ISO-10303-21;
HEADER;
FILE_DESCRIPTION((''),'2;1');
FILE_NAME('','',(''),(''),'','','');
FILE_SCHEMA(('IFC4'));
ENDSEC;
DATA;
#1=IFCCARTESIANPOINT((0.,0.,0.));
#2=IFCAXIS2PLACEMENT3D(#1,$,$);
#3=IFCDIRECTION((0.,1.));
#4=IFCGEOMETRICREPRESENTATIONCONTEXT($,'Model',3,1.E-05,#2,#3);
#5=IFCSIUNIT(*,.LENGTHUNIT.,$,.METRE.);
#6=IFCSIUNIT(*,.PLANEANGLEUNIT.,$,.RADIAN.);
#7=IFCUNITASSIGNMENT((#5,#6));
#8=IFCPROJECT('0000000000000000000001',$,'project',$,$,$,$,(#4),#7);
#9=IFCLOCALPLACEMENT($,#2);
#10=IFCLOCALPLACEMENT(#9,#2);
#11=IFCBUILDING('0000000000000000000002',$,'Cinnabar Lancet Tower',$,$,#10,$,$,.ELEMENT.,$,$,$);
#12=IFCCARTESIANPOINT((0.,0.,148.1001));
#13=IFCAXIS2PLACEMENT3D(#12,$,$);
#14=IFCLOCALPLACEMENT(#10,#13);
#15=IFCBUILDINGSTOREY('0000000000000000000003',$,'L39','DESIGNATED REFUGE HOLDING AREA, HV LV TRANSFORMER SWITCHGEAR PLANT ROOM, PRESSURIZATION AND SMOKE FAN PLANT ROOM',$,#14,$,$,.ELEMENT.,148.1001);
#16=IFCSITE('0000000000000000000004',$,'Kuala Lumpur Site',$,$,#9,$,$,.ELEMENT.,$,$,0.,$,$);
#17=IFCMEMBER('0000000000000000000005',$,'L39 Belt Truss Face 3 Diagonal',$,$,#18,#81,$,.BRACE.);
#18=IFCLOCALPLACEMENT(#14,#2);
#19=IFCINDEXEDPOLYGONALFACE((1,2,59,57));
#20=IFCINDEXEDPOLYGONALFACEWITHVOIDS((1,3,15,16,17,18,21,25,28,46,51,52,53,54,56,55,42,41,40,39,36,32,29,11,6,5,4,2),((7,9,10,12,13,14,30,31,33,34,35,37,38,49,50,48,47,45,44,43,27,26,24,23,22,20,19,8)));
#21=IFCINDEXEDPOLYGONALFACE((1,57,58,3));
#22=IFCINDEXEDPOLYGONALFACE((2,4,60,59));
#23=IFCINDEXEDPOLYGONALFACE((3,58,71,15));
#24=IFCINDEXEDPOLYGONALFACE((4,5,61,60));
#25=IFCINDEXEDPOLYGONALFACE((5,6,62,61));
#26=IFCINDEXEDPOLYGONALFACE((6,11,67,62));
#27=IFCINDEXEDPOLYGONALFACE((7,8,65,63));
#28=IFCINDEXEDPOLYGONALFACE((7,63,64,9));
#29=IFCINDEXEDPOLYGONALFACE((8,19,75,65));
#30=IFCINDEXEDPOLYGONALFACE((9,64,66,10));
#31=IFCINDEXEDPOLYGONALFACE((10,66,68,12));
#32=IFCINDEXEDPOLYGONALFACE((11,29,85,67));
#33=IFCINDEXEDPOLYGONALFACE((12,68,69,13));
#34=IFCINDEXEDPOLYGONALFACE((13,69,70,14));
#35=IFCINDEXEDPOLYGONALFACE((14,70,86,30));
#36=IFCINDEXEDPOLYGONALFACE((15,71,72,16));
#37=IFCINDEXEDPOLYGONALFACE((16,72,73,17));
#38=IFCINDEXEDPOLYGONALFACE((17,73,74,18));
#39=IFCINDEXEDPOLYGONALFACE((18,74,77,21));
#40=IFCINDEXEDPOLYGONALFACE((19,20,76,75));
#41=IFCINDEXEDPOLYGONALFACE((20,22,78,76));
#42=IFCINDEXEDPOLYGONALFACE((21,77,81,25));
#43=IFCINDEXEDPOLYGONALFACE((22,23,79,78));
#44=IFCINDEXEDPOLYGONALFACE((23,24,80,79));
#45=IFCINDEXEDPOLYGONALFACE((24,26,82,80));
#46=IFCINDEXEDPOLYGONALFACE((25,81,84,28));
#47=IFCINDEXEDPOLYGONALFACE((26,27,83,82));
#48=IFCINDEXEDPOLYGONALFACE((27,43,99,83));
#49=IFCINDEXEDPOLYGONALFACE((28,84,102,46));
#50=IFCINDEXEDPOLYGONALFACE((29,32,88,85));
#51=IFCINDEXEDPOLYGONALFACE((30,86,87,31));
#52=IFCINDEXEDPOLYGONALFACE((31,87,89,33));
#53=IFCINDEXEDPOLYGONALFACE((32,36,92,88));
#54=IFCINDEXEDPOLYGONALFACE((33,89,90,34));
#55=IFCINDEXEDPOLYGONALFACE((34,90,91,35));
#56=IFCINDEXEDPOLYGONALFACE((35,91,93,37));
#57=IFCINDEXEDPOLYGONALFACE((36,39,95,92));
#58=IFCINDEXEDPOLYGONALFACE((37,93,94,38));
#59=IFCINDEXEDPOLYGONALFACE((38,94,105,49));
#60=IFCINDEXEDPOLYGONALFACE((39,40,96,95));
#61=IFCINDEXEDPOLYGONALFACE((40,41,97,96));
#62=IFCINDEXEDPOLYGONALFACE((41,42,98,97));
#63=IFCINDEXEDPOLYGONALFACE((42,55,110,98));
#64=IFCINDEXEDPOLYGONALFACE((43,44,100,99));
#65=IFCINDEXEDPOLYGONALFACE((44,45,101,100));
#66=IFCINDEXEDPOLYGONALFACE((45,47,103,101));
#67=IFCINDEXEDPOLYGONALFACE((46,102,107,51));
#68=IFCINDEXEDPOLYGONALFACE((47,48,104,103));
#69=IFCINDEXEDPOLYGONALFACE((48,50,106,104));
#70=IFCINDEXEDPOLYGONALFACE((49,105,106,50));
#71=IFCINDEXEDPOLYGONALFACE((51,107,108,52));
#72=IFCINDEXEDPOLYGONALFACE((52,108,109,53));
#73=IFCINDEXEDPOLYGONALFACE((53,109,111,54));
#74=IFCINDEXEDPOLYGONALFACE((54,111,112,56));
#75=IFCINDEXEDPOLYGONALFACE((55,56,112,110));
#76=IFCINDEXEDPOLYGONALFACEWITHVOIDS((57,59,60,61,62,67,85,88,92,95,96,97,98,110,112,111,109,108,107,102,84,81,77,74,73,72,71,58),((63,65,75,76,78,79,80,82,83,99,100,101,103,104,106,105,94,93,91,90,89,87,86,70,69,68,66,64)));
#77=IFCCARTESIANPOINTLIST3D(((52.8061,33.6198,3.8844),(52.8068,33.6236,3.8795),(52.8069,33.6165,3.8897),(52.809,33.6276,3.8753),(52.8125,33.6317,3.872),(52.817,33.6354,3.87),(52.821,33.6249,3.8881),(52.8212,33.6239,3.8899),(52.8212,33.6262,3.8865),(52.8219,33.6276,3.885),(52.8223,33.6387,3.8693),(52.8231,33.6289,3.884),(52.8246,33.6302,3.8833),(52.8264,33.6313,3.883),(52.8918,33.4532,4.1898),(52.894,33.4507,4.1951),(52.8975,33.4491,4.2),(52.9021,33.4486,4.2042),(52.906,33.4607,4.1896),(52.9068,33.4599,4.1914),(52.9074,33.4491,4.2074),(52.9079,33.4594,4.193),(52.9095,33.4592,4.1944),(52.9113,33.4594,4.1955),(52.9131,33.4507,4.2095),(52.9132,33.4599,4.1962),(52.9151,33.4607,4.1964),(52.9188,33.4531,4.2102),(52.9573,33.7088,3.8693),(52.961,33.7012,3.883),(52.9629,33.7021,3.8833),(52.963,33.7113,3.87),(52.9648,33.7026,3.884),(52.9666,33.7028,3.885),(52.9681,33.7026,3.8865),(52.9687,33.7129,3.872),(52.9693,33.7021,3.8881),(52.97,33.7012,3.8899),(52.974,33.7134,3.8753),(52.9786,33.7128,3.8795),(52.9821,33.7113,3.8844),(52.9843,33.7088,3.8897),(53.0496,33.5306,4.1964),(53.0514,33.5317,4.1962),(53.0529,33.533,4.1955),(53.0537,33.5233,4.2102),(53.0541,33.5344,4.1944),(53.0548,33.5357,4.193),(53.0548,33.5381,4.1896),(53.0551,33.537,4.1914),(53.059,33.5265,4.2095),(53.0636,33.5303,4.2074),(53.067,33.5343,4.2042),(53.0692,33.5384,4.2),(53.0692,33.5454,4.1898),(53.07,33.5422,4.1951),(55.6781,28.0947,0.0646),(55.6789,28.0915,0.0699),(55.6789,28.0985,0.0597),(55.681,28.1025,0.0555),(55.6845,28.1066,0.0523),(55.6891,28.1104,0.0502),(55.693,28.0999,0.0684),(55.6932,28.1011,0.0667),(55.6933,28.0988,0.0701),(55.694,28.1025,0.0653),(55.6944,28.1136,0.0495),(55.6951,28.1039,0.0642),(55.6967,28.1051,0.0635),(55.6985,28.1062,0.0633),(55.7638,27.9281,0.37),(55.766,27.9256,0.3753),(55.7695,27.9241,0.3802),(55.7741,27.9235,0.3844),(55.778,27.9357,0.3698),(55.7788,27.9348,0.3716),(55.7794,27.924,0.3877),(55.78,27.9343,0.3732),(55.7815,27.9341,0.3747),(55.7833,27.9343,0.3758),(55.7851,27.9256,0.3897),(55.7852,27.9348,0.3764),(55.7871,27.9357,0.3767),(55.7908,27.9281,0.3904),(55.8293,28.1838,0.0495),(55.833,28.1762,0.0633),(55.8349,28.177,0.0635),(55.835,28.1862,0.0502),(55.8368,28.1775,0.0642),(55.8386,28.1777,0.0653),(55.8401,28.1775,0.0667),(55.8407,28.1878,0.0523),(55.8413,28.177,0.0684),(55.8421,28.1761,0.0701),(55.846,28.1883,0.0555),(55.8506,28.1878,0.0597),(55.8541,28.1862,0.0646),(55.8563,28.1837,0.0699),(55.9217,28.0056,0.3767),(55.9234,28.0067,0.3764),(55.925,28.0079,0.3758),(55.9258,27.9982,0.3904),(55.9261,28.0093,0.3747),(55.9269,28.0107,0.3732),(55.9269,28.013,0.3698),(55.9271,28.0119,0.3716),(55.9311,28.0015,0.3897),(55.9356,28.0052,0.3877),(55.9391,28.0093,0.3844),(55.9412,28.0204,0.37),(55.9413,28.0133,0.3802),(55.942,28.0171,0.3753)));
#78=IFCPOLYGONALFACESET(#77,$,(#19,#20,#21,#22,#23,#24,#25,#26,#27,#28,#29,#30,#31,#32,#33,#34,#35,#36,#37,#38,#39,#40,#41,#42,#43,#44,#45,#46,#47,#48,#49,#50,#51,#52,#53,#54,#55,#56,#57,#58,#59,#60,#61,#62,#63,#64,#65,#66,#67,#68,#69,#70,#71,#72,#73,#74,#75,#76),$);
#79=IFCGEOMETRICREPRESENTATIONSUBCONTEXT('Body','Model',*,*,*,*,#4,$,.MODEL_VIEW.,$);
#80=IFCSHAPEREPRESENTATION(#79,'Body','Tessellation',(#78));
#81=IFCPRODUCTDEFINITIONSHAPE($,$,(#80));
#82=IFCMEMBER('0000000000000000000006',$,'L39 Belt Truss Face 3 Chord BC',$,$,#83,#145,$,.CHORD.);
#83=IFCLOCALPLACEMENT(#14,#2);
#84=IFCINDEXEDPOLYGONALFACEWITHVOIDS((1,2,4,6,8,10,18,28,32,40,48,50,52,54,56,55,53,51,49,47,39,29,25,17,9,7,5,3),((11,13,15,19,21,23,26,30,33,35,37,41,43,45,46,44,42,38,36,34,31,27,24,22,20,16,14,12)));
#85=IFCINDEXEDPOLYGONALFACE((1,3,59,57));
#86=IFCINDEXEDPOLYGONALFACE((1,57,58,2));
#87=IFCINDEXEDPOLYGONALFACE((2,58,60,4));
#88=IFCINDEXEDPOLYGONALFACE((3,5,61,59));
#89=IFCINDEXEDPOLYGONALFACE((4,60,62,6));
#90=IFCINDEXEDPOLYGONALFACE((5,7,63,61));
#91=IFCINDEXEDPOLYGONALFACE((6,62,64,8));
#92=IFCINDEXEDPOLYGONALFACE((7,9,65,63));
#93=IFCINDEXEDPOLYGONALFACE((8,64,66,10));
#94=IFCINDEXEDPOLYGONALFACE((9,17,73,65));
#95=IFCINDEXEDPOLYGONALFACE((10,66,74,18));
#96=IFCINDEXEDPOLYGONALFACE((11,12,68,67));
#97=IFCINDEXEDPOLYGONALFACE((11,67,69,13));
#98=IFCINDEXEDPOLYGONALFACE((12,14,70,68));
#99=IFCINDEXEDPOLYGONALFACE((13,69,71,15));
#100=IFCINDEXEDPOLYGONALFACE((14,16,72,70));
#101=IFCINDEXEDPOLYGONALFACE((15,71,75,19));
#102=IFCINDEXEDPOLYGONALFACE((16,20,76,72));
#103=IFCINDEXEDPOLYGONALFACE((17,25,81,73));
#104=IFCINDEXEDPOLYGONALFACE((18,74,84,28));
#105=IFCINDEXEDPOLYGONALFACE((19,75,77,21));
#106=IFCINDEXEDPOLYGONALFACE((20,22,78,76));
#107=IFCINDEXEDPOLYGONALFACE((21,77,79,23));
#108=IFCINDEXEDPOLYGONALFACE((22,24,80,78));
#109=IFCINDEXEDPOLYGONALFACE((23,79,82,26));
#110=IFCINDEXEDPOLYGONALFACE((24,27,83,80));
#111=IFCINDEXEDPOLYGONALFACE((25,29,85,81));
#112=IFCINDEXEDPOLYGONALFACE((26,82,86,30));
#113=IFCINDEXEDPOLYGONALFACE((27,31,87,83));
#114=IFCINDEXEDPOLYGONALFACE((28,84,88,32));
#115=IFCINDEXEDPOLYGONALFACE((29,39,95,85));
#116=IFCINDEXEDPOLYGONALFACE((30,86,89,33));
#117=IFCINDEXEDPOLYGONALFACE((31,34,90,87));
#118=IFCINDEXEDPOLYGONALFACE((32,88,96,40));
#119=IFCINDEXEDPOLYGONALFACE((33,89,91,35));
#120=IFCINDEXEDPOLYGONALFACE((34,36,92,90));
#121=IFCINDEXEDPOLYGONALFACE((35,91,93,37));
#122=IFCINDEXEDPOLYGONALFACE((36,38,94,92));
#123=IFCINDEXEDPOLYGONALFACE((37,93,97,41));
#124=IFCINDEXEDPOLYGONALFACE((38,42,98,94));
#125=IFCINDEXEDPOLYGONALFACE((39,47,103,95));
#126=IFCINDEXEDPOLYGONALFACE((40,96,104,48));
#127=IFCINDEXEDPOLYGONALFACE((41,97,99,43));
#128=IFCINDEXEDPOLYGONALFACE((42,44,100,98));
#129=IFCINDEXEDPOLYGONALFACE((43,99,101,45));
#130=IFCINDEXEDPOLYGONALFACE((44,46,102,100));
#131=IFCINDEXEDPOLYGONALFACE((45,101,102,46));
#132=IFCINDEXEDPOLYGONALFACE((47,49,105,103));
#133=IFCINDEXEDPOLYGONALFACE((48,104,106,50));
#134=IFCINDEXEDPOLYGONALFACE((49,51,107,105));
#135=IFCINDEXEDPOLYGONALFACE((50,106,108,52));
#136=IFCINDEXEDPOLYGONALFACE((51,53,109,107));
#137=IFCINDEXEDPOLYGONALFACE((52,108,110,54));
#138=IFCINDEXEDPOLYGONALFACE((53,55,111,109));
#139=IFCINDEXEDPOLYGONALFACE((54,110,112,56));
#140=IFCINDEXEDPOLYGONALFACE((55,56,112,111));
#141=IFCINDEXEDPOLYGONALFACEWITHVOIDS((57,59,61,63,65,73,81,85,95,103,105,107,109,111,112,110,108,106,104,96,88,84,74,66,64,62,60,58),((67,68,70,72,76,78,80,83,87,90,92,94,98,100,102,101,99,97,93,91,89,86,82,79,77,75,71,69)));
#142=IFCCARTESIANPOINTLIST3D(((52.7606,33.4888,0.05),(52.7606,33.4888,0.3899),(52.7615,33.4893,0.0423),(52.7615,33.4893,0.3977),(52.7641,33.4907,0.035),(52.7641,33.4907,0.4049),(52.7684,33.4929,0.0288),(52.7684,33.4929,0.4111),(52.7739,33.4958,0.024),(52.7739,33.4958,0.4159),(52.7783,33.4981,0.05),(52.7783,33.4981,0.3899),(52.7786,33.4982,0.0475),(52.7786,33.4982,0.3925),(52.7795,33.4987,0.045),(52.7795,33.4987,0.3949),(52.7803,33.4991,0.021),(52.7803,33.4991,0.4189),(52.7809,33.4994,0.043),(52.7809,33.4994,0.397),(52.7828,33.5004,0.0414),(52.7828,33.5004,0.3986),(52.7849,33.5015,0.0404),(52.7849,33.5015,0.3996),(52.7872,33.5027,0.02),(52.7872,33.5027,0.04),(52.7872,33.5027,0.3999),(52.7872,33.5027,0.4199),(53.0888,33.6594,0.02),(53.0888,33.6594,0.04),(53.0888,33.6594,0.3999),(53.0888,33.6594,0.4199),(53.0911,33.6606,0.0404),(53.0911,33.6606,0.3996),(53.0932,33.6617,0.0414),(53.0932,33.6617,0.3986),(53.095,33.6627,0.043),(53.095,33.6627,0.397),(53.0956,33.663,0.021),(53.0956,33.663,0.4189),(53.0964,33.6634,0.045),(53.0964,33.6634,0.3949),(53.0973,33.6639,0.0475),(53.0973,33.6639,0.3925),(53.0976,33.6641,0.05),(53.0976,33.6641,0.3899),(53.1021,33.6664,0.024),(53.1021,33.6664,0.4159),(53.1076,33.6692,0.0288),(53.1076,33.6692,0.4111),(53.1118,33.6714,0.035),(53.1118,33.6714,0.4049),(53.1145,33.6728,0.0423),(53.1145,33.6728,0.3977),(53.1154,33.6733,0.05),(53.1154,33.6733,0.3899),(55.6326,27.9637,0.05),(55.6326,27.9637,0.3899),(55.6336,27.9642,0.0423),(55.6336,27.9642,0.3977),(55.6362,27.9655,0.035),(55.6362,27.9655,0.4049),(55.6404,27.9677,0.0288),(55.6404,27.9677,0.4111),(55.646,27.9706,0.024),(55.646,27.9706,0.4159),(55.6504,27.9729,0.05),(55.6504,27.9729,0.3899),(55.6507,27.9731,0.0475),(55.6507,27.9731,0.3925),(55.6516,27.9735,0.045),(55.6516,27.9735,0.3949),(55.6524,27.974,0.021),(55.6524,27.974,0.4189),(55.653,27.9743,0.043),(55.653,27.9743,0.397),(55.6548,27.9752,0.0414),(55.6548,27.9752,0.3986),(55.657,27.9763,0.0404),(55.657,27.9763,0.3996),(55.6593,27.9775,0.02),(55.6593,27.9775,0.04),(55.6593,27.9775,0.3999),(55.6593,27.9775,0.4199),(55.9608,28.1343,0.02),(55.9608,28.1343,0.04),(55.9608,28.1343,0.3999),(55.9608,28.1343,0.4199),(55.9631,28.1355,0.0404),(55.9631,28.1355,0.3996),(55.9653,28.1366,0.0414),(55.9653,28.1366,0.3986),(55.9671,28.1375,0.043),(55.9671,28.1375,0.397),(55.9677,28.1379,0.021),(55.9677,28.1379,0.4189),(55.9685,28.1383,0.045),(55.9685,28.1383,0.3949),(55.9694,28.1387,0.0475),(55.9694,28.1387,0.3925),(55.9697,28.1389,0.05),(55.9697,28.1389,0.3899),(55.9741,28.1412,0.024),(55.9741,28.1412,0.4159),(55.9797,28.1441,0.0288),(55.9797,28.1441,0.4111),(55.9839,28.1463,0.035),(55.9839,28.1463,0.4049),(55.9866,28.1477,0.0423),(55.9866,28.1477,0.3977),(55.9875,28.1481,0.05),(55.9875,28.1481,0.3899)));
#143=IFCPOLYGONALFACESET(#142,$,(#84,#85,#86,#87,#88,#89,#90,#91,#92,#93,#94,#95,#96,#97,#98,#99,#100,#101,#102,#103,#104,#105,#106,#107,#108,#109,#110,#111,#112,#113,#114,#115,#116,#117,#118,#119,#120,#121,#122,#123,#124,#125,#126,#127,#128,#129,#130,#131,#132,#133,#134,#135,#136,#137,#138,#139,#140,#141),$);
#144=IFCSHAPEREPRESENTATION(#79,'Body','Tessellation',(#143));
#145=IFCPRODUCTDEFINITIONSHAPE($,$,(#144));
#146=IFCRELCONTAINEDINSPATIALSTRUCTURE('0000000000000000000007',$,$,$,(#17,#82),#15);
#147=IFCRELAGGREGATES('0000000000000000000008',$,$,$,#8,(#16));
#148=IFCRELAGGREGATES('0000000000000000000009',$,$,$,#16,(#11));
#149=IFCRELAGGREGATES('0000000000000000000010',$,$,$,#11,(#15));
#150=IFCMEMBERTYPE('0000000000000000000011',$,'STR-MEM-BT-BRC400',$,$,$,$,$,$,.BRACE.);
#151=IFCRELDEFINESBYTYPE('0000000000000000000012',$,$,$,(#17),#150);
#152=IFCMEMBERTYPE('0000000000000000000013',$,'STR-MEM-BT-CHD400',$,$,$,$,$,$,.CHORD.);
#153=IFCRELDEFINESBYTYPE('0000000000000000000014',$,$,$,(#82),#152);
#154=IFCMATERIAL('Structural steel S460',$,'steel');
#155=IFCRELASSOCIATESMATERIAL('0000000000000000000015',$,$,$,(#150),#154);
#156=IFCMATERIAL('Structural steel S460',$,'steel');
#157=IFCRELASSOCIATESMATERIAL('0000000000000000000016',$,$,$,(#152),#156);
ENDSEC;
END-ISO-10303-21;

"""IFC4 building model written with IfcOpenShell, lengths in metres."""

from ifc_helpers import new_model, si_unit, direction, frame, origin, origin_2d, place, context, subcontext, project, spatial, hollow_rectangle, extrude, material, material_profile, profile_set, type_object, element, save


model = new_model("IFC4")

# Units and contexts
model_context = context("Model", 3, precision=1e-05, world=origin(), true_north=direction((0.0, 1.0)))
body_context = subcontext(model_context, "Body", "Model", "MODEL_VIEW")
ifc_project = project(units=[si_unit("LENGTHUNIT", "METRE"), si_unit("PLANEANGLEUNIT", "RADIAN")], contexts=[model_context])

# Site, building, storey
site_placement = place(None, origin())
site = spatial("IfcSite", under=ifc_project, at=site_placement, Name="Kuala Lumpur Site", CompositionType="ELEMENT", RefElevation=0.0)
building_placement = place(site_placement, origin())
building = spatial("IfcBuilding", under=site, at=building_placement, Name="Cinnabar Lancet Tower", CompositionType="ELEMENT")
storey_placement = place(building_placement, frame((0.0, 0.0, 148.1001)))
storey = spatial("IfcBuildingStorey", under=building, at=storey_placement, Name="L39", Description="DESIGNATED REFUGE HOLDING AREA, HV LV TRANSFORMER SWITCHGEAR PLANT ROOM, PRESSURIZATION AND SMOKE FAN PLANT ROOM", CompositionType="ELEMENT", Elevation=148.1001)

# Members
ifc_material_1 = material(Name="Structural steel S460", Category="steel")
ifc_material_profile_1 = material_profile(ifc_material_1, hollow_rectangle(XDim=0.2, YDim=0.3999, WallThickness=0.0161, InnerFilletRadius=0.0081, OuterFilletRadius=0.0239, at=origin_2d()), Name="RHS 400x200x16")
ifc_profile_set_1 = profile_set([ifc_material_profile_1], Name="Structural steel S460")
member_type_1 = type_object("IfcMemberType", Name="STR-MEM-BT-BRC400", PredefinedType="BRACE", material=ifc_profile_set_1)
member_placement = place(storey_placement, frame((55.8101, 28.0559, 0.22), z_axis=(-0.39315, 0.756323, 0.522886), x_axis=(-0.887283, -0.461226, 0.0)))
element("IfcMember", 1, at=member_placement, inside=storey, type_object=member_type_1, Name="L39 Belt Truss Face 3 Diagonal", PredefinedType="BRACE", context=body_context, shape_type="SweptSolid", body=[
    extrude(hollow_rectangle(XDim=0.2, YDim=0.3999, WallThickness=0.0161, InnerFilletRadius=0.0081, OuterFilletRadius=0.0239, at=origin_2d()), origin(), (0.0, 0.0, 1.0), 7.3052),
])
ifc_material_2 = material(Name="Structural steel S460", Category="steel")
ifc_material_profile_2 = material_profile(ifc_material_2, hollow_rectangle(XDim=0.3999, YDim=0.3999, WallThickness=0.02, InnerFilletRadius=0.01, OuterFilletRadius=0.03, at=origin_2d()), Name="SHS 400x400x20")
ifc_profile_set_2 = profile_set([ifc_material_profile_2], Name="Structural steel S460")
member_type_2 = type_object("IfcMemberType", Name="STR-MEM-BT-CHD400", PredefinedType="CHORD", material=ifc_profile_set_2)
for number, where, z_axis, x_axis, name in (
    (2, (55.8101, 28.0559, 0.22), (-0.461226, 0.887283, 0.0), (-0.887283, -0.461226, 0.0), "L39 Belt Truss Face 3 Chord BC"),
):
    element("IfcMember", number, at=place(storey_placement, frame(where, z_axis=z_axis, x_axis=x_axis)), inside=storey, type_object=member_type_2, Name=name, PredefinedType="CHORD", context=body_context, shape_type="SweptSolid", body=[
        extrude(hollow_rectangle(XDim=0.3999, YDim=0.3999, WallThickness=0.02, InnerFilletRadius=0.01, OuterFilletRadius=0.03, at=origin_2d()), origin(), (0.0, 0.0, 1.0), 6.2271),
    ])

save(model, "model.ifc")
